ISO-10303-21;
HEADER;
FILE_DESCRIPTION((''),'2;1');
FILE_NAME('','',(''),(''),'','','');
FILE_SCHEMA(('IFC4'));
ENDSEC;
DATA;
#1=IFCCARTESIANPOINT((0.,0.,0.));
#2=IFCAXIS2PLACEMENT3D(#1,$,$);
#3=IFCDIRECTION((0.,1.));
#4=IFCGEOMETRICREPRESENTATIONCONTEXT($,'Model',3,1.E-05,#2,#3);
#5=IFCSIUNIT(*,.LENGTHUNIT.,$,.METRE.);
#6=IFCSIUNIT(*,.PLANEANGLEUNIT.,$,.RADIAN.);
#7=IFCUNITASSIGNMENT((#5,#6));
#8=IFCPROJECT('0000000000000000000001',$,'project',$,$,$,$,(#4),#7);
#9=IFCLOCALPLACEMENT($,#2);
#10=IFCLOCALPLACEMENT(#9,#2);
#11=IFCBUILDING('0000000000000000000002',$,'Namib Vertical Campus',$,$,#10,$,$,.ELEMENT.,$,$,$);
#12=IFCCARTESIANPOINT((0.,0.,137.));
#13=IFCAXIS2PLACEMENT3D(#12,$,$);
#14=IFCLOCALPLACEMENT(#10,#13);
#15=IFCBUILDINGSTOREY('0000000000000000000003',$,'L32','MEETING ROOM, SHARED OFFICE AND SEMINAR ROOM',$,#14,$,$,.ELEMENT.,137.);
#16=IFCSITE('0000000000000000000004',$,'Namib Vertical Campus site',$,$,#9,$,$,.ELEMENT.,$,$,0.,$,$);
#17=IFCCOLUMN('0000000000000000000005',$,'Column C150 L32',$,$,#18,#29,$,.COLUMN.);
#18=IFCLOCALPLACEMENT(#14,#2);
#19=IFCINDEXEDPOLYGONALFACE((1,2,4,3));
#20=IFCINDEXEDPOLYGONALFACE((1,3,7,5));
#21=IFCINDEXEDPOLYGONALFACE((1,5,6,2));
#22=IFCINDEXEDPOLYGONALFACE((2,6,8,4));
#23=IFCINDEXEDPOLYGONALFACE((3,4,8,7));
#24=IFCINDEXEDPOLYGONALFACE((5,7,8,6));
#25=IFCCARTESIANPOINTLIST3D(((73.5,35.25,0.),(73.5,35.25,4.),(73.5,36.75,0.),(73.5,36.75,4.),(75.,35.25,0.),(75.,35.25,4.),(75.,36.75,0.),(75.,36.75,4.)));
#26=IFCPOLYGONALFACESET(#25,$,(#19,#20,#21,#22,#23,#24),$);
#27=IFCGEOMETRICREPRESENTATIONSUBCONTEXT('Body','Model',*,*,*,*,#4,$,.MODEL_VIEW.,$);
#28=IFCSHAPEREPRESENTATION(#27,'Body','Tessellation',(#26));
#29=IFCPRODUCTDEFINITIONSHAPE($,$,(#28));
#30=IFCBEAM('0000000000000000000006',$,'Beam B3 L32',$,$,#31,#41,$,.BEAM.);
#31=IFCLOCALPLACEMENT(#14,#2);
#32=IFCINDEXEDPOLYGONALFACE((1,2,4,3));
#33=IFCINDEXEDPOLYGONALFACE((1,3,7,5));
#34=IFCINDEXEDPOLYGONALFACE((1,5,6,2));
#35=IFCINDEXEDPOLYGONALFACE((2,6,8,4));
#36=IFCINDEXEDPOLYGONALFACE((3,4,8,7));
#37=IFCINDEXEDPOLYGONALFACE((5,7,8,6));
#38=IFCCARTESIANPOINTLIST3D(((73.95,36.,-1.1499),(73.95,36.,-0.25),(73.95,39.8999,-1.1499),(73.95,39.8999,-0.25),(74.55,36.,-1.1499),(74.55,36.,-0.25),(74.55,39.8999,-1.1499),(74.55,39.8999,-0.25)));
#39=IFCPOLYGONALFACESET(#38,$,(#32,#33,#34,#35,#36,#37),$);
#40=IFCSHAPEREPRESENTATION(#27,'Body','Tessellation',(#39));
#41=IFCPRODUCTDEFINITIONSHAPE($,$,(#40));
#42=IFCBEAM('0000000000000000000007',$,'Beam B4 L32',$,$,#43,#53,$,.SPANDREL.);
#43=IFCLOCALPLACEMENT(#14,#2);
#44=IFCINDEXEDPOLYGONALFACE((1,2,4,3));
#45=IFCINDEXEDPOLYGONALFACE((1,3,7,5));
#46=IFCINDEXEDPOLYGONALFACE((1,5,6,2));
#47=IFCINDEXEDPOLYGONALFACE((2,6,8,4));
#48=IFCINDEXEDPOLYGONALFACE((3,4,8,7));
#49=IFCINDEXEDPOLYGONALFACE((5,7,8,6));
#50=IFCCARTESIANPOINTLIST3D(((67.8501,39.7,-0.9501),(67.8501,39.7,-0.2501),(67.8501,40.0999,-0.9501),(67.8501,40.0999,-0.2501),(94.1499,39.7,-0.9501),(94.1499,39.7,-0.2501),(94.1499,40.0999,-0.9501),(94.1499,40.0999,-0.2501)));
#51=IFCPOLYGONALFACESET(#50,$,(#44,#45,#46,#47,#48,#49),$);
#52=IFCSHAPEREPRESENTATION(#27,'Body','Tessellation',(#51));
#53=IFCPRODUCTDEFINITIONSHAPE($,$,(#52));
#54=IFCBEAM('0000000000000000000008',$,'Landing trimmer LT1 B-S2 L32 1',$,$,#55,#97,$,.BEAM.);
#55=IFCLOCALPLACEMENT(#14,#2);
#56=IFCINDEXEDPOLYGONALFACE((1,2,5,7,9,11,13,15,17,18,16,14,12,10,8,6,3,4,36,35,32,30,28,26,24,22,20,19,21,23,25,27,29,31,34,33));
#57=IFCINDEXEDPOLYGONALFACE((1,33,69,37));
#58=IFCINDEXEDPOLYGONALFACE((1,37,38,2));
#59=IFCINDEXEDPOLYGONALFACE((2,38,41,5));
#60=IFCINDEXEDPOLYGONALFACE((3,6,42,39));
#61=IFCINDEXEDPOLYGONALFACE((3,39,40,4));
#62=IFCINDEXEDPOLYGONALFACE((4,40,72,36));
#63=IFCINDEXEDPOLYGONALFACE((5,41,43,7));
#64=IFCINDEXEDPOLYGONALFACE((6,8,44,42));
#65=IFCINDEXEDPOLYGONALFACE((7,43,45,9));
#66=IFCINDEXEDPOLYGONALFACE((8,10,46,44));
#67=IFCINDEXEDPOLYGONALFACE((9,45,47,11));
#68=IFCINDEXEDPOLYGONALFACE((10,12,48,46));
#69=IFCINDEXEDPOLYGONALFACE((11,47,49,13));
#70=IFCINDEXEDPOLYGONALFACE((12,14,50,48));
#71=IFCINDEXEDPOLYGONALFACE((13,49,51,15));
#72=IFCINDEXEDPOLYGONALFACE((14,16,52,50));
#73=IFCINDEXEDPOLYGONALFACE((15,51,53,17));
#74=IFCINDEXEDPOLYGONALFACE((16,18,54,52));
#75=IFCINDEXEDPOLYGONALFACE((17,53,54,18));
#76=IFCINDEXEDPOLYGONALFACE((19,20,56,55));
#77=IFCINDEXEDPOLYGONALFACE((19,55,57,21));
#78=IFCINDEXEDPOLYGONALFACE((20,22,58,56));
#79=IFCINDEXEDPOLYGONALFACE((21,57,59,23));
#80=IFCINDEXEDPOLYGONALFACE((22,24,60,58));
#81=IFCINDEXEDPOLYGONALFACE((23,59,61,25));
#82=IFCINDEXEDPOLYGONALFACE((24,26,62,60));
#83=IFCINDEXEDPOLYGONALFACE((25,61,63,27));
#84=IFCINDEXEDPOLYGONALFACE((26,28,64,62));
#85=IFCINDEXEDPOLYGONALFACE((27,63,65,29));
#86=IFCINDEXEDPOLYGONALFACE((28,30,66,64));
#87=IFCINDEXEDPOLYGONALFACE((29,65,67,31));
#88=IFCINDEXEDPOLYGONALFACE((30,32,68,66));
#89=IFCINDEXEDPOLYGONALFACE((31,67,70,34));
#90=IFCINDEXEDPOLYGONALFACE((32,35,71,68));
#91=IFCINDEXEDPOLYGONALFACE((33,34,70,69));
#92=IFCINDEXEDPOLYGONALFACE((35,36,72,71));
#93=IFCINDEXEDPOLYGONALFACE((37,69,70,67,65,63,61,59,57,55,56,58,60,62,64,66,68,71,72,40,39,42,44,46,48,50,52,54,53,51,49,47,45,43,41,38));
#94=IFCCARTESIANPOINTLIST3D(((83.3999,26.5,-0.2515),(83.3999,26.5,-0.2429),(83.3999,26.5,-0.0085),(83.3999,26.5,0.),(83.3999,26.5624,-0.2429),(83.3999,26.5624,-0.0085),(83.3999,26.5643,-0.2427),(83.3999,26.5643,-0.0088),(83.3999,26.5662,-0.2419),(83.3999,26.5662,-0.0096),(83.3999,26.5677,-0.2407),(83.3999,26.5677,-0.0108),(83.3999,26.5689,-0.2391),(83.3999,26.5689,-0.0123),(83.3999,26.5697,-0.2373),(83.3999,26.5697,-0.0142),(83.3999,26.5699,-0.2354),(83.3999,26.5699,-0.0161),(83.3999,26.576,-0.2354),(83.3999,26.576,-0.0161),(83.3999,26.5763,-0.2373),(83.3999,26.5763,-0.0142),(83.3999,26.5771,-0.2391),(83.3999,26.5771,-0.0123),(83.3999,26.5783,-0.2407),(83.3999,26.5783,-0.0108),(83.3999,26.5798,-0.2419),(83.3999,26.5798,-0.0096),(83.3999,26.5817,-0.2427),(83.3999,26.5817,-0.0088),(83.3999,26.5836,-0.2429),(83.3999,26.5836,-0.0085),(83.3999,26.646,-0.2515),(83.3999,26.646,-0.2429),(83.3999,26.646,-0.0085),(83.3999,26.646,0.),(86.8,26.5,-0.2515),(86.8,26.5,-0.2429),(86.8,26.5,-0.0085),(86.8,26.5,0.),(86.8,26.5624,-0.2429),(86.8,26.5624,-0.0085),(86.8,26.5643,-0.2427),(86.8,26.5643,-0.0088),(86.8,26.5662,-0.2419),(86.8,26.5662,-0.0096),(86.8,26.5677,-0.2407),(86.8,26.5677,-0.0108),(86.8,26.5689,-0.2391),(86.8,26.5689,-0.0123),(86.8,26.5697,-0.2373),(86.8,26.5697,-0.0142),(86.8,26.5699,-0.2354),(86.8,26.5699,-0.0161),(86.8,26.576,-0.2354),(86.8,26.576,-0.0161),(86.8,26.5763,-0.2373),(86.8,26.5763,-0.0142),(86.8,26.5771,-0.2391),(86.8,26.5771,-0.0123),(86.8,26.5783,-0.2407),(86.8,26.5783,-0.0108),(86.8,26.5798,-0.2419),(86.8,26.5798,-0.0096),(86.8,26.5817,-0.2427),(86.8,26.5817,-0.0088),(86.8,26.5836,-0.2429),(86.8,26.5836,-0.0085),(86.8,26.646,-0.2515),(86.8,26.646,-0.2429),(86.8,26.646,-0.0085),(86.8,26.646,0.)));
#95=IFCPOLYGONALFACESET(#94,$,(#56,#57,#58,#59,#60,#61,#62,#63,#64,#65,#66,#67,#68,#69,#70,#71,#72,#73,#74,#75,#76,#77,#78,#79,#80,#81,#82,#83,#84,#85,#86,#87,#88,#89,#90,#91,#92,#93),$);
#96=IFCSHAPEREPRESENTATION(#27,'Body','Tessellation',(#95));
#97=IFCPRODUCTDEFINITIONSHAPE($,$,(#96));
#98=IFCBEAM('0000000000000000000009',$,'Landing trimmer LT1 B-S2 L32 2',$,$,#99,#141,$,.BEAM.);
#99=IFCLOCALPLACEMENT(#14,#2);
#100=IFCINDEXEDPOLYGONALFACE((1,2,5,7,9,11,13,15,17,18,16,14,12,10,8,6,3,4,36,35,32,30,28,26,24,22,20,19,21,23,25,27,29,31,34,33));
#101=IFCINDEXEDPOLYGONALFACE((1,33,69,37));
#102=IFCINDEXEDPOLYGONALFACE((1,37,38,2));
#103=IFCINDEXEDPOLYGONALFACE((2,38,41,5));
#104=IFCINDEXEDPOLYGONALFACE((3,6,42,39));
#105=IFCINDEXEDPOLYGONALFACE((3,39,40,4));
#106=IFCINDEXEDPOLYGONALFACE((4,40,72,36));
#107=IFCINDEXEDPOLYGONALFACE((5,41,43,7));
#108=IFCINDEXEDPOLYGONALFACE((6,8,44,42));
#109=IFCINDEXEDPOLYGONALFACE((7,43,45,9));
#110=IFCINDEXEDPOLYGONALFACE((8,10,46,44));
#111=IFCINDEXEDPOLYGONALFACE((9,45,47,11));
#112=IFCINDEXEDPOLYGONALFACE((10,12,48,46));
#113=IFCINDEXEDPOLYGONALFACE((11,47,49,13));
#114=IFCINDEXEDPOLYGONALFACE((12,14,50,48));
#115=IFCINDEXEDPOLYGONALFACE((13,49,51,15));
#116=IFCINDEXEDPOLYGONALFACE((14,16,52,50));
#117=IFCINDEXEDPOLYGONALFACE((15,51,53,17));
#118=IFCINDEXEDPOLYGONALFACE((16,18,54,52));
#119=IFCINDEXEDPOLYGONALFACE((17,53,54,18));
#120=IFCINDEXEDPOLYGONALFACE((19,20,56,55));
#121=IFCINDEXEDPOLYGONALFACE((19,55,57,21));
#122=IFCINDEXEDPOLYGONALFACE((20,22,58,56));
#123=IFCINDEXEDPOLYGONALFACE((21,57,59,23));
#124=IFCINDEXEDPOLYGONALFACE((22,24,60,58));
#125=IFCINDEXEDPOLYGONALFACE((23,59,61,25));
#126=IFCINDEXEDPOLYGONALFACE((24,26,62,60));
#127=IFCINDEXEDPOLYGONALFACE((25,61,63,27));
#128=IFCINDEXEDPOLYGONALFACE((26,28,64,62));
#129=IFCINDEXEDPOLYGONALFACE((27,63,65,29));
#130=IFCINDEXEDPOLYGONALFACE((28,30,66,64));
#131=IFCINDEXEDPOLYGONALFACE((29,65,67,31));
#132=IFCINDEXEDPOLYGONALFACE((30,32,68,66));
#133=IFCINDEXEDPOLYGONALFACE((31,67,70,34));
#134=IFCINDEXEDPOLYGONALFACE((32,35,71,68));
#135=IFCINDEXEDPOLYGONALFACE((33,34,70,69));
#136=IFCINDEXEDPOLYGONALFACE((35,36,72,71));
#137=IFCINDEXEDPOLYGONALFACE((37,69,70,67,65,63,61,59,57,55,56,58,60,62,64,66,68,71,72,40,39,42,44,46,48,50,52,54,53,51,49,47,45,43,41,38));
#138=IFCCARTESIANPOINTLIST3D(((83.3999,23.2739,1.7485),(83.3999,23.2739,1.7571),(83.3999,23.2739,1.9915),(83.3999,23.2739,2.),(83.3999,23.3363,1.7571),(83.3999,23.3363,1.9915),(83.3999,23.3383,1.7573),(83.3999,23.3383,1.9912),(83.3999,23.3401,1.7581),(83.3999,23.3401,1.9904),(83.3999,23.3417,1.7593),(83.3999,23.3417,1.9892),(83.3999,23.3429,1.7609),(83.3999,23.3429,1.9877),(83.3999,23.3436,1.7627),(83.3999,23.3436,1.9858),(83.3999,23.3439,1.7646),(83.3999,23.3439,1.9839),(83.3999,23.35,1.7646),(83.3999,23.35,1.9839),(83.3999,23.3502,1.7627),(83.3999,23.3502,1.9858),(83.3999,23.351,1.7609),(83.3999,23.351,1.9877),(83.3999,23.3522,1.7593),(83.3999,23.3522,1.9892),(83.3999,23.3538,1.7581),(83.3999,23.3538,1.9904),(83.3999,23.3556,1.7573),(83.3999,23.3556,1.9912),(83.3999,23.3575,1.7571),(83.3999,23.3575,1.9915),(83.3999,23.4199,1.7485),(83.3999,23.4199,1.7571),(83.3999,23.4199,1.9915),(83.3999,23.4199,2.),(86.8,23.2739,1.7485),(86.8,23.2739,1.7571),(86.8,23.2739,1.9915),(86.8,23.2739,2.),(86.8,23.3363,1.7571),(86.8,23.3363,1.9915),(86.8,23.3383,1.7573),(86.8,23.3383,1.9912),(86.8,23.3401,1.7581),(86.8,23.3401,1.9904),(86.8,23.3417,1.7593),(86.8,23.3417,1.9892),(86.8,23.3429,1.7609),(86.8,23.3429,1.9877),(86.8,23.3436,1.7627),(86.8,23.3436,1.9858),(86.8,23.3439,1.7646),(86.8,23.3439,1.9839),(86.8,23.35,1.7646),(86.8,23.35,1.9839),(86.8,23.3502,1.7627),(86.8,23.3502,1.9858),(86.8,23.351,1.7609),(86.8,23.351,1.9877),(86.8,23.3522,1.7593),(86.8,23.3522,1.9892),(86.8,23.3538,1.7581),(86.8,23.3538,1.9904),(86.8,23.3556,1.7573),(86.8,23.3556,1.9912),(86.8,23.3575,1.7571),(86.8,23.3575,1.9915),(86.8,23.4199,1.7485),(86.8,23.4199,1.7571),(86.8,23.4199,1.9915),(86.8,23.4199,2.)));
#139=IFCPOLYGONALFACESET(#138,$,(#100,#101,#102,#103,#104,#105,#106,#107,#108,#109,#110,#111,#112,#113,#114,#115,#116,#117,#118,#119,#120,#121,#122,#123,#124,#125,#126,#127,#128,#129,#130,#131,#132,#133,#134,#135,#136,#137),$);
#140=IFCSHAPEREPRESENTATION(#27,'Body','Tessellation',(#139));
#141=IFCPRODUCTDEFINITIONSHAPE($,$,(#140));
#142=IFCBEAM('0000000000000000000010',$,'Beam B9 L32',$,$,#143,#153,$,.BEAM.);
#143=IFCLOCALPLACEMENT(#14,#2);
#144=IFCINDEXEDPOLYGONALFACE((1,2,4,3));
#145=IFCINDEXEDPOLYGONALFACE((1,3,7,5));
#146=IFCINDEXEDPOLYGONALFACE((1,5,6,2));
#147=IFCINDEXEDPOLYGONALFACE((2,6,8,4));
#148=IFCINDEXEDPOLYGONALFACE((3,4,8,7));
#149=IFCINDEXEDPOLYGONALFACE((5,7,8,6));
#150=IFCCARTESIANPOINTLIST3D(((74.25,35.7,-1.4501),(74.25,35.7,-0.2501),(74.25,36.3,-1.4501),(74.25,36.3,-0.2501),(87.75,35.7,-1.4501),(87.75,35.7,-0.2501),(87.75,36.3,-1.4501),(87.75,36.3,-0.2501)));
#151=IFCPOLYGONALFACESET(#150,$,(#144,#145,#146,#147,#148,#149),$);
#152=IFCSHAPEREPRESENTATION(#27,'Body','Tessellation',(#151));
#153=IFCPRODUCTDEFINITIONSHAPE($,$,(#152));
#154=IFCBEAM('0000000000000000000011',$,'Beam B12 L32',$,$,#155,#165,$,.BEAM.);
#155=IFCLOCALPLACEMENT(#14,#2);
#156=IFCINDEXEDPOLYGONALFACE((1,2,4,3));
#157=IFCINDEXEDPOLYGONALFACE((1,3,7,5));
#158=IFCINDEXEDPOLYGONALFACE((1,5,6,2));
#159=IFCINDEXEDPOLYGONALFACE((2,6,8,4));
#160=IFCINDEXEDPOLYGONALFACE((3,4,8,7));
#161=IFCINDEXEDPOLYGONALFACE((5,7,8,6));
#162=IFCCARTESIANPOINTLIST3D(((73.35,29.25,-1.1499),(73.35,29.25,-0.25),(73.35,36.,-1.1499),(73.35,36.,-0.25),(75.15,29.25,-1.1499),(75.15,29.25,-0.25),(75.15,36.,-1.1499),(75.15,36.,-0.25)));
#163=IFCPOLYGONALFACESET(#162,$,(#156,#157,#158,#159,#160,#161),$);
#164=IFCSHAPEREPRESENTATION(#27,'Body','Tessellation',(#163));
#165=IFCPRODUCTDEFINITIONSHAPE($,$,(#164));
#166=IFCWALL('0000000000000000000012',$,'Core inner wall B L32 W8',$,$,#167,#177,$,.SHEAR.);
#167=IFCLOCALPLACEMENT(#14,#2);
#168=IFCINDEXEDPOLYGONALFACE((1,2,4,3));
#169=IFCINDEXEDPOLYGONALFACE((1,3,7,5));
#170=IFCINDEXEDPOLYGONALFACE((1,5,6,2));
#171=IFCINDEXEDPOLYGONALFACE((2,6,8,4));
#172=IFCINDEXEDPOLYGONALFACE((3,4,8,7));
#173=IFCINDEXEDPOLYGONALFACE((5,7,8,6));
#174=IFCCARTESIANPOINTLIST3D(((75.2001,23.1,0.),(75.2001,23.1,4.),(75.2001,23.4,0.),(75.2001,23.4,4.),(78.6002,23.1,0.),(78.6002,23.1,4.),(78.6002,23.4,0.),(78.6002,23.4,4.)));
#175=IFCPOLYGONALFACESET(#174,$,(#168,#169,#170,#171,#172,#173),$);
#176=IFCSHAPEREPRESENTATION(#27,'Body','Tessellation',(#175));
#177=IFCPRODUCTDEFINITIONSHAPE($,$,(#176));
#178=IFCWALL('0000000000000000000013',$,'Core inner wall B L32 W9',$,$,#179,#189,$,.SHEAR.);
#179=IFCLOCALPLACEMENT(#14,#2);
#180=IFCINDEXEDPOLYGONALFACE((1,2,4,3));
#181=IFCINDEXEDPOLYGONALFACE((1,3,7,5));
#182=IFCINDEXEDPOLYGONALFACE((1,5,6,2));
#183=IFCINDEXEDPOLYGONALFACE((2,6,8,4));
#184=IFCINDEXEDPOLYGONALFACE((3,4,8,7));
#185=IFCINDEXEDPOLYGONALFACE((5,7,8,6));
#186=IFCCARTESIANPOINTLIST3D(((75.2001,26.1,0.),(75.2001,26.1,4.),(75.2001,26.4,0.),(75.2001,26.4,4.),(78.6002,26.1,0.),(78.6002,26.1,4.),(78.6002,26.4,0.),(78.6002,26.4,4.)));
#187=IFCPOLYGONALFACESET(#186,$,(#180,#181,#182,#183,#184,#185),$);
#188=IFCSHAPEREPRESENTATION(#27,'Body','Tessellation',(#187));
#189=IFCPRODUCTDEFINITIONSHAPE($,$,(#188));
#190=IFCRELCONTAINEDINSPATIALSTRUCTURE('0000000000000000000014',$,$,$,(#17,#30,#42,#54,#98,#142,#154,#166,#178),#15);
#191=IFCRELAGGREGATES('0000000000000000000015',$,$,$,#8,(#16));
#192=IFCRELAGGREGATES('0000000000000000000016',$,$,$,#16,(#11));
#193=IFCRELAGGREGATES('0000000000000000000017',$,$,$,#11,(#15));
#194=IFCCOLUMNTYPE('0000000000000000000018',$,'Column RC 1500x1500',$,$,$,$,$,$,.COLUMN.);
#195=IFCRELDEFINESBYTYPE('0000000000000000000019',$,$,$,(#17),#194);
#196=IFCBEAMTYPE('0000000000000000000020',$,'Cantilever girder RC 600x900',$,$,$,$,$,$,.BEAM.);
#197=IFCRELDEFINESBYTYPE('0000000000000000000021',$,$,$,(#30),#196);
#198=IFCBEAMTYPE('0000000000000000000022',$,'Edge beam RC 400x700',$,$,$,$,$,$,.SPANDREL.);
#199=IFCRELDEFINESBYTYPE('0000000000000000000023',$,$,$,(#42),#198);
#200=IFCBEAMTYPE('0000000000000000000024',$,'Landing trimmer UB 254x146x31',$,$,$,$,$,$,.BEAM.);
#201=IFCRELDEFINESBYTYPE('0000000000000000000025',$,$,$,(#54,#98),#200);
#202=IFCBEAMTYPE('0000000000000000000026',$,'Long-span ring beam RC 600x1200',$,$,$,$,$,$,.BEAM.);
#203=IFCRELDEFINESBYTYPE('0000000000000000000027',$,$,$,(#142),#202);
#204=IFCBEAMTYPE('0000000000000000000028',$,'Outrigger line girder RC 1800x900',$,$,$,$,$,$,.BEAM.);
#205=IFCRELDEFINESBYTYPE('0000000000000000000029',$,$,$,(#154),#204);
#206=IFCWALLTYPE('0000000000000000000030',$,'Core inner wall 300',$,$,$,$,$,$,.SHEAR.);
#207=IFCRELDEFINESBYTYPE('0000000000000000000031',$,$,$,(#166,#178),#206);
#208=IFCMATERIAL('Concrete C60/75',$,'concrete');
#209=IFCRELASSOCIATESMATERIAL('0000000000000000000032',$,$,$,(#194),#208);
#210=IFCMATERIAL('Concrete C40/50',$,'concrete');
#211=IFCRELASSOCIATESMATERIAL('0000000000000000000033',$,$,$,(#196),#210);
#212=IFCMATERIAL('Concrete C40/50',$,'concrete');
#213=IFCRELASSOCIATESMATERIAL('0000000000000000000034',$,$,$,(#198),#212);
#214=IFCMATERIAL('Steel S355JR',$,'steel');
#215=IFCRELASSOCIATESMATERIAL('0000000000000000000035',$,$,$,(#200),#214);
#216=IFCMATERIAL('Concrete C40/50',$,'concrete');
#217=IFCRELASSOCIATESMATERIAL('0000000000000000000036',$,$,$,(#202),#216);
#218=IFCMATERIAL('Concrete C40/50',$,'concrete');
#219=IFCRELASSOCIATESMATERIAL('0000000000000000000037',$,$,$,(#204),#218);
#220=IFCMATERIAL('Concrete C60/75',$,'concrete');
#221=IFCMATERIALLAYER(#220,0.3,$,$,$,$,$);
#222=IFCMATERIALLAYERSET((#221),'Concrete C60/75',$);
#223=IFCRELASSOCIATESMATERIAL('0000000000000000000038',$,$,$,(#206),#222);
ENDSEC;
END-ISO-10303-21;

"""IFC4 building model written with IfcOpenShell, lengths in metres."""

from ifc_helpers import new_model, si_unit, direction, frame, frame_2d, origin, origin_2d, place, context, subcontext, project, spatial, rectangle, i_section, extrude, material, layer, layer_set, material_profile, profile_set, type_object, element, save


model = new_model("IFC4")

# Units and contexts
model_context = context("Model", 3, precision=1e-05, world=origin(), true_north=direction((0.0, 1.0)))
body_context = subcontext(model_context, "Body", "Model", "MODEL_VIEW")
ifc_project = project(units=[si_unit("LENGTHUNIT", "METRE"), si_unit("PLANEANGLEUNIT", "RADIAN")], contexts=[model_context])

# Site, building, storey
site_placement = place(None, origin())
site = spatial("IfcSite", under=ifc_project, at=site_placement, Name="Namib Vertical Campus site", CompositionType="ELEMENT", RefElevation=0.0)
building_placement = place(site_placement, origin())
building = spatial("IfcBuilding", under=site, at=building_placement, Name="Namib Vertical Campus", CompositionType="ELEMENT")
storey_placement = place(building_placement, frame((0.0, 0.0, 137.0)))
storey = spatial("IfcBuildingStorey", under=building, at=storey_placement, Name="L32", Description="MEETING ROOM, SHARED OFFICE AND SEMINAR ROOM", CompositionType="ELEMENT", Elevation=137.0)

# Column
ifc_material_1 = material(Name="Concrete C60/75", Category="concrete")
ifc_material_profile_1 = material_profile(ifc_material_1, rectangle(XDim=1.5, YDim=1.5, at=origin_2d()))
ifc_profile_set_1 = profile_set([ifc_material_profile_1], Name="Concrete C60/75")
column_type = type_object("IfcColumnType", Name="Column RC 1500x1500", PredefinedType="COLUMN", material=ifc_profile_set_1)
column_placement = place(storey_placement, frame((74.25, 36.0, 0.0), z_axis=(0.0, 0.0, 1.0), x_axis=(1.0, 0.0, 0.0)))
element("IfcColumn", 1, at=column_placement, inside=storey, type_object=column_type, Name="Column C150 L32", PredefinedType="COLUMN", context=body_context, shape_type="SweptSolid", body=[
    extrude(rectangle(XDim=1.5, YDim=1.5, at=origin_2d()), origin(), (0.0, 0.0, 1.0), 4.0),
])

# Beams
ifc_material_2 = material(Name="Concrete C40/50", Category="concrete")
ifc_material_profile_2 = material_profile(ifc_material_2, rectangle(XDim=0.6001, YDim=0.8999, at=origin_2d()))
ifc_profile_set_2 = profile_set([ifc_material_profile_2], Name="Concrete C40/50")
beam_type_1 = type_object("IfcBeamType", Name="Cantilever girder RC 600x900", PredefinedType="BEAM", material=ifc_profile_set_2)
beam_1_placement = place(storey_placement, frame((74.25, 36.0, -0.7), z_axis=(0.0, 1.0, 0.0), x_axis=(-1.0, 0.0, 0.0)))
element("IfcBeam", 2, at=beam_1_placement, inside=storey, type_object=beam_type_1, Name="Beam B3 L32", PredefinedType="BEAM", context=body_context, shape_type="SweptSolid", body=[
    extrude(rectangle(XDim=0.6001, YDim=0.8999, at=origin_2d()), origin(), (0.0, 0.0, 1.0), 3.8999),
])
ifc_material_3 = material(Name="Concrete C40/50", Category="concrete")
ifc_material_profile_3 = material_profile(ifc_material_3, rectangle(XDim=0.3999, YDim=0.7, at=origin_2d()))
ifc_profile_set_3 = profile_set([ifc_material_profile_3], Name="Concrete C40/50")
beam_type_2 = type_object("IfcBeamType", Name="Edge beam RC 400x700", PredefinedType="SPANDREL", material=ifc_profile_set_3)
beam_2_placement = place(storey_placement, frame((67.8501, 39.8999, -0.6001), z_axis=(1.0, 0.0, 0.0), x_axis=(0.0, 1.0, 0.0)))
element("IfcBeam", 3, at=beam_2_placement, inside=storey, type_object=beam_type_2, Name="Beam B4 L32", PredefinedType="SPANDREL", context=body_context, shape_type="SweptSolid", body=[
    extrude(rectangle(XDim=0.3999, YDim=0.7, at=origin_2d()), origin(), (0.0, 0.0, 1.0), 26.2998),
])
ifc_material_4 = material(Name="Steel S355JR", Category="steel")
ifc_material_profile_4 = material_profile(ifc_material_4, i_section(OverallWidth=0.146, OverallDepth=0.2515, WebThickness=0.0061, FlangeThickness=0.0085, FilletRadius=0.0076, at=origin_2d()))
ifc_profile_set_4 = profile_set([ifc_material_profile_4], Name="Steel S355JR")
beam_type_3 = type_object("IfcBeamType", Name="Landing trimmer UB 254x146x31", PredefinedType="BEAM", material=ifc_profile_set_4)
for number, where, z_axis, x_axis, name in (
    (4, (83.3999, 26.573, -0.1257), (1.0, 0.0, 0.0), (0.0, 1.0, 0.0), "Landing trimmer LT1 B-S2 L32 1"),
    (5, (83.3999, 23.3469, 1.8743), (1.0, 0.0, 0.0), (0.0, 1.0, 0.0), "Landing trimmer LT1 B-S2 L32 2"),
):
    element("IfcBeam", number, at=place(storey_placement, frame(where, z_axis=z_axis, x_axis=x_axis)), inside=storey, type_object=beam_type_3, Name=name, PredefinedType="BEAM", context=body_context, shape_type="SweptSolid", body=[
        extrude(i_section(OverallWidth=0.146, OverallDepth=0.2515, WebThickness=0.0061, FlangeThickness=0.0085, FilletRadius=0.0076, at=origin_2d()), origin(), (0.0, 0.0, 1.0), 3.4001),
    ])
ifc_material_5 = material(Name="Concrete C40/50", Category="concrete")
ifc_material_profile_5 = material_profile(ifc_material_5, rectangle(XDim=0.6001, YDim=1.2, at=origin_2d()))
ifc_profile_set_5 = profile_set([ifc_material_profile_5], Name="Concrete C40/50")
beam_type_4 = type_object("IfcBeamType", Name="Long-span ring beam RC 600x1200", PredefinedType="BEAM", material=ifc_profile_set_5)
beam_3_placement = place(storey_placement, frame((74.25, 36.0, -0.8501), z_axis=(1.0, 0.0, 0.0), x_axis=(0.0, 1.0, 0.0)))
element("IfcBeam", 6, at=beam_3_placement, inside=storey, type_object=beam_type_4, Name="Beam B9 L32", PredefinedType="BEAM", context=body_context, shape_type="SweptSolid", body=[
    extrude(rectangle(XDim=0.6001, YDim=1.2, at=origin_2d()), origin(), (0.0, 0.0, 1.0), 13.5),
])
ifc_material_6 = material(Name="Concrete C40/50", Category="concrete")
ifc_material_profile_6 = material_profile(ifc_material_6, rectangle(XDim=1.8, YDim=0.8999, at=origin_2d()))
ifc_profile_set_6 = profile_set([ifc_material_profile_6], Name="Concrete C40/50")
beam_type_5 = type_object("IfcBeamType", Name="Outrigger line girder RC 1800x900", PredefinedType="BEAM", material=ifc_profile_set_6)
beam_4_placement = place(storey_placement, frame((74.25, 36.0, -0.7), z_axis=(0.0, -1.0, 0.0), x_axis=(1.0, 0.0, 0.0)))
element("IfcBeam", 7, at=beam_4_placement, inside=storey, type_object=beam_type_5, Name="Beam B12 L32", PredefinedType="BEAM", context=body_context, shape_type="SweptSolid", body=[
    extrude(rectangle(XDim=1.8, YDim=0.8999, at=origin_2d()), origin(), (0.0, 0.0, 1.0), 6.75),
])

# Walls
ifc_material_7 = material(Name="Concrete C60/75", Category="concrete")
ifc_layer_1 = layer(ifc_material_7, 0.3)
ifc_layer_set_1 = layer_set([ifc_layer_1], Name="Concrete C60/75")
wall_type_1 = type_object("IfcWallType", Name="Core inner wall 300", PredefinedType="SHEAR", material=ifc_layer_set_1)
for number, where, z_axis, x_axis, name in (
    (8, (75.2, 23.25, 0.0), (0.0, 0.0, 1.0), (1.0, 0.0, 0.0), "Core inner wall B L32 W8"),
    (9, (75.2, 26.25, 0.0), (0.0, 0.0, 1.0), (1.0, 0.0, 0.0), "Core inner wall B L32 W9"),
):
    element("IfcWall", number, at=place(storey_placement, frame(where, z_axis=z_axis, x_axis=x_axis)), inside=storey, type_object=wall_type_1, Name=name, PredefinedType="SHEAR", context=body_context, shape_type="SweptSolid", body=[
        extrude(rectangle(XDim=3.4001, YDim=0.3, at=frame_2d((1.7002, 0.0))), origin(), (0.0, 0.0, 1.0), 4.0),
    ])

save(model, "model.ifc")
